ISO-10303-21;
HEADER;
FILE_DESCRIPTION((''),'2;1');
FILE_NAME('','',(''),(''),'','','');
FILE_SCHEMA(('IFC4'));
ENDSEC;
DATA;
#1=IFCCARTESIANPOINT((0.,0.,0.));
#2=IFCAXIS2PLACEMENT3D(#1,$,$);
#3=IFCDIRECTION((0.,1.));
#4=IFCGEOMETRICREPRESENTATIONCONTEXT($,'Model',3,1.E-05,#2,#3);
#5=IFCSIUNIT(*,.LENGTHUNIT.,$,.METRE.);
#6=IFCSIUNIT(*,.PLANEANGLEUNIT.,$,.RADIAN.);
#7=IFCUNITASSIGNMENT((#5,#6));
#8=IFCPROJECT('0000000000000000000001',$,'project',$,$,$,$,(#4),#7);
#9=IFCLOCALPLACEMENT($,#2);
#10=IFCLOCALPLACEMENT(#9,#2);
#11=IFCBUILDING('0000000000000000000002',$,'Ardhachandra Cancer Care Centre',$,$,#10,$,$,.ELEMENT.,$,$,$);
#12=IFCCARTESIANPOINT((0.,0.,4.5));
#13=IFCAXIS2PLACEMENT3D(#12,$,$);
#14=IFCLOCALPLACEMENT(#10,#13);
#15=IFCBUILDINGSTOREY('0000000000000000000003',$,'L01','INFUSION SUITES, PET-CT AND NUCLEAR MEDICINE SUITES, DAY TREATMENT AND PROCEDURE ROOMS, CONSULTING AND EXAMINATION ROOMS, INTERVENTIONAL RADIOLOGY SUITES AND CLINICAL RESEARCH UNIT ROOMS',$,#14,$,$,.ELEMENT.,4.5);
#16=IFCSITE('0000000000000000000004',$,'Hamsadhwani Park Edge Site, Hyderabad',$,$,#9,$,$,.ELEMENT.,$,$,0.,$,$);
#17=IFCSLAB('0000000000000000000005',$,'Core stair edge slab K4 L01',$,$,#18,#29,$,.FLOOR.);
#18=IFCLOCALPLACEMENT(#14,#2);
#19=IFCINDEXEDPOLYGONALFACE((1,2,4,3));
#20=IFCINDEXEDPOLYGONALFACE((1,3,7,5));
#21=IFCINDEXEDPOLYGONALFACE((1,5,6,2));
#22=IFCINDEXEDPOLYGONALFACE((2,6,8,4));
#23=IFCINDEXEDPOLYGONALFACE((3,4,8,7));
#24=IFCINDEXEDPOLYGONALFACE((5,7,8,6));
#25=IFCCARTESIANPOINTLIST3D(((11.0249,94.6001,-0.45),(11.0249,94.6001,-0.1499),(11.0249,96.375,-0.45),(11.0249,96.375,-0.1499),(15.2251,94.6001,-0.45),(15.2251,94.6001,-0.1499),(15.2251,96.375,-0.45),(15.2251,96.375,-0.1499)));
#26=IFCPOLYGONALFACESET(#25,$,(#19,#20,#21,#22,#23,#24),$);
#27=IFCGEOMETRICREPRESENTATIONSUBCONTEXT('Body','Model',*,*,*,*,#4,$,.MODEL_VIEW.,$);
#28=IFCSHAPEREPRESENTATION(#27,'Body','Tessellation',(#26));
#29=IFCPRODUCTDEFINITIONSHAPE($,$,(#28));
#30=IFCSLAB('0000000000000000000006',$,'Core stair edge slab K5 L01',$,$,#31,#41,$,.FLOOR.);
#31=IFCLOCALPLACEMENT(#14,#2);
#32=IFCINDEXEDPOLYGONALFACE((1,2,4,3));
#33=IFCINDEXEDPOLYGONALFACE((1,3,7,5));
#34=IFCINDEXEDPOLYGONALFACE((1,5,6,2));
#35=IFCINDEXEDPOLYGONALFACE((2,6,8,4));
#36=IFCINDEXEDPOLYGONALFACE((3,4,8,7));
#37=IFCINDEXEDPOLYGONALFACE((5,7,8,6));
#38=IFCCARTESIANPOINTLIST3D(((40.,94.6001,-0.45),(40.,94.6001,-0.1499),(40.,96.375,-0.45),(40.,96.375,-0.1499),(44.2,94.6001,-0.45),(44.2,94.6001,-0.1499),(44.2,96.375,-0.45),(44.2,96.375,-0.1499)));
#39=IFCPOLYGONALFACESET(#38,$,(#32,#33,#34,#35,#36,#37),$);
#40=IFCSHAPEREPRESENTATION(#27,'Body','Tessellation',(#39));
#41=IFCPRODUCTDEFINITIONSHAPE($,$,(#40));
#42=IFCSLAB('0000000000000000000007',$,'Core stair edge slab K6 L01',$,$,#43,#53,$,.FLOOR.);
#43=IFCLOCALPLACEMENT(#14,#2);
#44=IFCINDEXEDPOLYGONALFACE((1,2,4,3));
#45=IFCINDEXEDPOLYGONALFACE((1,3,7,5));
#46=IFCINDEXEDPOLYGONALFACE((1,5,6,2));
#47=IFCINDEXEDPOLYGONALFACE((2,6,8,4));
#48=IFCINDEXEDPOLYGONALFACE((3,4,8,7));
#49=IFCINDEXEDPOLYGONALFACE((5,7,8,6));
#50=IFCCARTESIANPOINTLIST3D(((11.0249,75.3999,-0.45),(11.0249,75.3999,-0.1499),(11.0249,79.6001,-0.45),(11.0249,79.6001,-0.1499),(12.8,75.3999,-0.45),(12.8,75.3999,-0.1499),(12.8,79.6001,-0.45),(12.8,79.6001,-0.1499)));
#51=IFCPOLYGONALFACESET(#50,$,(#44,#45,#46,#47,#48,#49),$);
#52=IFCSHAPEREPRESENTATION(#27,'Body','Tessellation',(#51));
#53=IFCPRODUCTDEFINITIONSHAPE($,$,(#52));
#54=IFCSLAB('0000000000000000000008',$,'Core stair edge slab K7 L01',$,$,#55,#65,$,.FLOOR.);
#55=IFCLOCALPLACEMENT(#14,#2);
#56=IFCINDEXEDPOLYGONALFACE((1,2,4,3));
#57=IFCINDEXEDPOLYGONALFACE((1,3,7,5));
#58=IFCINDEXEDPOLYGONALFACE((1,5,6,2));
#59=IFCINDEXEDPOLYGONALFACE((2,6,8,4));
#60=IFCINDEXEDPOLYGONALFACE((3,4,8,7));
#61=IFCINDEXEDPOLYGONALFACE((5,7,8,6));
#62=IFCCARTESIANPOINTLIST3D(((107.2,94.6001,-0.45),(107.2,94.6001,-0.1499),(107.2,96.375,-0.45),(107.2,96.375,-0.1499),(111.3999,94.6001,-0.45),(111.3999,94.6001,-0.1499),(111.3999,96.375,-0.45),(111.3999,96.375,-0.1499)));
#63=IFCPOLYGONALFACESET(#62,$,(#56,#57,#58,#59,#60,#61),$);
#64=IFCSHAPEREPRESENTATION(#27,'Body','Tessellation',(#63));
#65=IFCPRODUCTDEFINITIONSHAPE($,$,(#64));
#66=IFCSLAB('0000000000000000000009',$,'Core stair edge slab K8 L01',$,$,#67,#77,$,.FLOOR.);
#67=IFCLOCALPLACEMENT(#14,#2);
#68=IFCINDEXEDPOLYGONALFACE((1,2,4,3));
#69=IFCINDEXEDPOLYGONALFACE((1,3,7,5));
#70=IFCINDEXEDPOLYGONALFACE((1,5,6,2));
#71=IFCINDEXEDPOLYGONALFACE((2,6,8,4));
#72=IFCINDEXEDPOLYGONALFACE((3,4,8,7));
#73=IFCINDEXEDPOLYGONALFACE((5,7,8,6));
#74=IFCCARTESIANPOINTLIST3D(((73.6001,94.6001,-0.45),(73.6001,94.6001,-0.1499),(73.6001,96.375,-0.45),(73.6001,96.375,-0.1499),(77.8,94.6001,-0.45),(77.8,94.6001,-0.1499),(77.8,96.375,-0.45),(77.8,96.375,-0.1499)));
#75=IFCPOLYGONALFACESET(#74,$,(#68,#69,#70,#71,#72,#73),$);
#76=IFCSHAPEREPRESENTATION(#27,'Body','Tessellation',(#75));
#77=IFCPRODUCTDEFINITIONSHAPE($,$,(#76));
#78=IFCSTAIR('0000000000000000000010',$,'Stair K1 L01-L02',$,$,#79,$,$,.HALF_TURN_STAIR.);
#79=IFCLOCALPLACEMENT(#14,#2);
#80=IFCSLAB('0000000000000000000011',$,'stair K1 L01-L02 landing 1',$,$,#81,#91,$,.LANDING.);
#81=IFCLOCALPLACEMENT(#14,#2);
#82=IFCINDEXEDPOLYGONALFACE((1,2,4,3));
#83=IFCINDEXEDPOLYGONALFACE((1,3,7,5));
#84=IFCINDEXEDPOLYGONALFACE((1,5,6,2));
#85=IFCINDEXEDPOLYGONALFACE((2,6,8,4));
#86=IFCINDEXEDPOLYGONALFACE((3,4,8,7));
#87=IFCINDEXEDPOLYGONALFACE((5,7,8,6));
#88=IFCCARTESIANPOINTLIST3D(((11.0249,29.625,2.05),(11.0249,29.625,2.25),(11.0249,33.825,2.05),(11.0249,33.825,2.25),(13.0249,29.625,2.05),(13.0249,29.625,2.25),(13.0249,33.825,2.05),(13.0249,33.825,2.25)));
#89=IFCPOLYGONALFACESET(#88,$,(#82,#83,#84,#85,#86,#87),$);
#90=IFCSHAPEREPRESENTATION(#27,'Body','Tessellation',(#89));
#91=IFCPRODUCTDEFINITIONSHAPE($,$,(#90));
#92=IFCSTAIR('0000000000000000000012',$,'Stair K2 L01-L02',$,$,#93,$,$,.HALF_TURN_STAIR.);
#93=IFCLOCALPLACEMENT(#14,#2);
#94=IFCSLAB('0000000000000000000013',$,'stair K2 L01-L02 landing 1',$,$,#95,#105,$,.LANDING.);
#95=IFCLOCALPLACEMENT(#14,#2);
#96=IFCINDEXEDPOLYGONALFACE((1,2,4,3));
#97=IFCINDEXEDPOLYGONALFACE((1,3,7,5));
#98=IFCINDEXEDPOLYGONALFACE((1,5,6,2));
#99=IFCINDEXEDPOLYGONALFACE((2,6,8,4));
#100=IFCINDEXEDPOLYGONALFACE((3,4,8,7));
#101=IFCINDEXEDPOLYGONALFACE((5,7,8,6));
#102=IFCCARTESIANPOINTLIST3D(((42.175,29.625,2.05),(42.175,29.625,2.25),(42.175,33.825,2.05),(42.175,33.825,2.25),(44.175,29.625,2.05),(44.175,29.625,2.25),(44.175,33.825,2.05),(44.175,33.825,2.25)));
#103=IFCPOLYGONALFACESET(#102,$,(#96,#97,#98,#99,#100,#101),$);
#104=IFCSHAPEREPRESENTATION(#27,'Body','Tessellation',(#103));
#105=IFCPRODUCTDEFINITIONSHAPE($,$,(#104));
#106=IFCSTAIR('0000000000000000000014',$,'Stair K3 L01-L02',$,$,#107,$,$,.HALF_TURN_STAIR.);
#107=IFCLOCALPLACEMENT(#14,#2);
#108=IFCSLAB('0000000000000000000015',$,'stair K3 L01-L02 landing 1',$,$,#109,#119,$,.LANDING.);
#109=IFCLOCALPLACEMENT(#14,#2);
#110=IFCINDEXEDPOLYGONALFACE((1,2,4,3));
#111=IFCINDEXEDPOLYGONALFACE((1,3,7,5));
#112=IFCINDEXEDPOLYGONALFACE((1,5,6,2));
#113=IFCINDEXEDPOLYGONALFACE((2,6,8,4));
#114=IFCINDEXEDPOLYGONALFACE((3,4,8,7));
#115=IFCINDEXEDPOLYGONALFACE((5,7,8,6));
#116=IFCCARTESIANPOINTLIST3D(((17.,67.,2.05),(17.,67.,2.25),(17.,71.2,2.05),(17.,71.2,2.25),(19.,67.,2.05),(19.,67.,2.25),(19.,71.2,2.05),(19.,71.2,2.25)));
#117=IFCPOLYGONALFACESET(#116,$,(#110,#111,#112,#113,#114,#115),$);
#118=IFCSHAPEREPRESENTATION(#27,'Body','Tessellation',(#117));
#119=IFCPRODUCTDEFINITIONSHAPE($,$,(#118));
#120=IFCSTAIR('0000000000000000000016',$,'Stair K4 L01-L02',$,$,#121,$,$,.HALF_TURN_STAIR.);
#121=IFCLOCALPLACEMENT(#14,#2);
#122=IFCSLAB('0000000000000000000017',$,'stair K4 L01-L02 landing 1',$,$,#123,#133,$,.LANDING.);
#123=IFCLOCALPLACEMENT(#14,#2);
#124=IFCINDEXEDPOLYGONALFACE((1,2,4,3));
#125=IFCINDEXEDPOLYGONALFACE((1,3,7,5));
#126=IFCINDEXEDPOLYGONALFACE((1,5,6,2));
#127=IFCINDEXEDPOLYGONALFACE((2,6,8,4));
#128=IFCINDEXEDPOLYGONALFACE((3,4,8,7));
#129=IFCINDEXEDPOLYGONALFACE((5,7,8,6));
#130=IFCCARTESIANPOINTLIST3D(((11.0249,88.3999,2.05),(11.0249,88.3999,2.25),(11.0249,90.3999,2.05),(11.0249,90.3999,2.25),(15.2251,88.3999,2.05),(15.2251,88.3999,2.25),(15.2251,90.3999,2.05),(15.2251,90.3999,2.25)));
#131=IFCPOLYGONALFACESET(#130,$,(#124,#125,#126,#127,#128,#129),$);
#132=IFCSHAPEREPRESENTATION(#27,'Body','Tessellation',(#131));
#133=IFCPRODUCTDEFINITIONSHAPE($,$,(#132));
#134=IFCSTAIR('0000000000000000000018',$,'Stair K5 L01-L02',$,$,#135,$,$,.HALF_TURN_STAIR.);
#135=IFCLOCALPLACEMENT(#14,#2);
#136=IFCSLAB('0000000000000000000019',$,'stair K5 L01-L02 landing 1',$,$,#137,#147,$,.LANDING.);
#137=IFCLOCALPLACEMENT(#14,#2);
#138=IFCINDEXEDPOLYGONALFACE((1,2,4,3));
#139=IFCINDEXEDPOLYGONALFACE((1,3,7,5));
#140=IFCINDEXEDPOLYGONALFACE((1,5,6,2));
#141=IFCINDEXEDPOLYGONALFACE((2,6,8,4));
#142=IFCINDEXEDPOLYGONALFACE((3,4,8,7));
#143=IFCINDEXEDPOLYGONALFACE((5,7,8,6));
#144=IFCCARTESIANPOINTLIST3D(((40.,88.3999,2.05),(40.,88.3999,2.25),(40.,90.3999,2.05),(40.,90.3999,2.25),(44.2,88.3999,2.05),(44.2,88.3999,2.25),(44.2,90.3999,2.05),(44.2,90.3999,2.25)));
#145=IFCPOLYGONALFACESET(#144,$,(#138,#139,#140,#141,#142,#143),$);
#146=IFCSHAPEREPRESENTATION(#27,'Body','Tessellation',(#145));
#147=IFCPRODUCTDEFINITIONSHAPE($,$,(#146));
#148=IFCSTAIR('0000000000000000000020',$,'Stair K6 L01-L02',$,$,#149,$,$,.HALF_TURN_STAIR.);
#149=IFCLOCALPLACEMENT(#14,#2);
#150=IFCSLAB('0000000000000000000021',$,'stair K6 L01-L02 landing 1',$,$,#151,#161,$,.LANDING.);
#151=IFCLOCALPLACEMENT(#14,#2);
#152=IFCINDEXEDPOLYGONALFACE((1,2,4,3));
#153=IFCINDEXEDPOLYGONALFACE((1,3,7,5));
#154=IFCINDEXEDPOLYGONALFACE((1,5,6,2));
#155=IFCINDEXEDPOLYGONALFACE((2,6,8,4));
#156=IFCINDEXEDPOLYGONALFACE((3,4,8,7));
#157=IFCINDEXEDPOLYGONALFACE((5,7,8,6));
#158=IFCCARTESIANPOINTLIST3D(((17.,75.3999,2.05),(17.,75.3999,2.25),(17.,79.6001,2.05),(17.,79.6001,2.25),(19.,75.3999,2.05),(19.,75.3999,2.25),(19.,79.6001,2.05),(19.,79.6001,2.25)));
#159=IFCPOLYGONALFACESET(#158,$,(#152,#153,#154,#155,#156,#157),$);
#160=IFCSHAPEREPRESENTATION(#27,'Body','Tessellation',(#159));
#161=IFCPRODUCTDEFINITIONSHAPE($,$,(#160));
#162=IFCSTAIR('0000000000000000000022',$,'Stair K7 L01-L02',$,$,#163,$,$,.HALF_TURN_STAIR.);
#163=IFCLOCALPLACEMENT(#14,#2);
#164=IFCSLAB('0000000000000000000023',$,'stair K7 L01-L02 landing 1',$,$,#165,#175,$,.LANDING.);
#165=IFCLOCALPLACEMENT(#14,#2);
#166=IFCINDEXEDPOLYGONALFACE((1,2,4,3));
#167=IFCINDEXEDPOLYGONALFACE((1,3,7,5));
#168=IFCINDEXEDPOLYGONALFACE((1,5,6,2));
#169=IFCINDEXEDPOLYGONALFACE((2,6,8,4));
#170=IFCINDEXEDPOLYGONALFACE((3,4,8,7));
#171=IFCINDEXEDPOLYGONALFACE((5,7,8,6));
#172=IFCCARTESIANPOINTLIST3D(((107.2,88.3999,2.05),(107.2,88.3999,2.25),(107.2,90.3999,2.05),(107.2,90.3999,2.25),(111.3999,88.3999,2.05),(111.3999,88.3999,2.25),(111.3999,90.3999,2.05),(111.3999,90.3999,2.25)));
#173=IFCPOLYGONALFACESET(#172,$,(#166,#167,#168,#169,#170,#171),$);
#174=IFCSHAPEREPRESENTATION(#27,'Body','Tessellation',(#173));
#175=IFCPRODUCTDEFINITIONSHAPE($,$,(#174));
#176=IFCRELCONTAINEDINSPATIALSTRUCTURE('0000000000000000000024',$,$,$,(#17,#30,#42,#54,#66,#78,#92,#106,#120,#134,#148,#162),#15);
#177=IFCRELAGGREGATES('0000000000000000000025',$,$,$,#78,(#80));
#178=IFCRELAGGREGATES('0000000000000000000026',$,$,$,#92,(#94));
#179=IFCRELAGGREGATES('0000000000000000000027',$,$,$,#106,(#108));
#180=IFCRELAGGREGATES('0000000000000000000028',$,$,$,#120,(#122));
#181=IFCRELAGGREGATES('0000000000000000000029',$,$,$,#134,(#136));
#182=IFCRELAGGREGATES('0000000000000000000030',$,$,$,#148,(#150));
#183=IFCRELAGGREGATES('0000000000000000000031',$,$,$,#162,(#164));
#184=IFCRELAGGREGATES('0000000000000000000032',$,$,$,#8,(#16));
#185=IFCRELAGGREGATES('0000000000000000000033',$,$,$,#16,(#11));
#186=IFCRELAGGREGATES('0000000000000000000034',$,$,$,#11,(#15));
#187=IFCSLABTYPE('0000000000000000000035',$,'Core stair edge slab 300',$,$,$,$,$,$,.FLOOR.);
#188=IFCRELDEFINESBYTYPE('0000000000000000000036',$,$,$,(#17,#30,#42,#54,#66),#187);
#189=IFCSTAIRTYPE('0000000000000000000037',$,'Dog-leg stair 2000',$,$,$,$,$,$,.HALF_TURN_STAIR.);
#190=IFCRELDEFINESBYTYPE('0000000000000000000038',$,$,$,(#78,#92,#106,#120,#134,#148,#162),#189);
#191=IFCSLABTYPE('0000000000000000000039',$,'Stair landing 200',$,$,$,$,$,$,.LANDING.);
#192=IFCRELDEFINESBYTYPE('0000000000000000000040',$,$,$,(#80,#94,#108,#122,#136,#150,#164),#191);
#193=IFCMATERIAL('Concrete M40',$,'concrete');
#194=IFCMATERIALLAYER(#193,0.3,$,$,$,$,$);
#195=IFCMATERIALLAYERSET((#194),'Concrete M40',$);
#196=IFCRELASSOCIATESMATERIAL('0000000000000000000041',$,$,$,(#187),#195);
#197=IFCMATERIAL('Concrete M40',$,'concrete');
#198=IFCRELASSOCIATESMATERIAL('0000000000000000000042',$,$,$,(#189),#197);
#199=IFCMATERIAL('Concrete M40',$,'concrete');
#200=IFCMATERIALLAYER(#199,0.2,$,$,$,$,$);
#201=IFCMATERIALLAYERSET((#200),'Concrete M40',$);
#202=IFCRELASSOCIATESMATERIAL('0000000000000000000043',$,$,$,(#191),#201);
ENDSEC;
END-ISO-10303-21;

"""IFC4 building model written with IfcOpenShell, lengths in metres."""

from ifc_helpers import new_model, si_unit, direction, frame, origin, place, context, subcontext, project, spatial, polyline, outline, extrude, material, layer, layer_set, type_object, element, aggregate, save


model = new_model("IFC4")

# Units and contexts
model_context = context("Model", 3, precision=1e-05, world=origin(), true_north=direction((0.0, 1.0)))
body_context = subcontext(model_context, "Body", "Model", "MODEL_VIEW")
ifc_project = project(units=[si_unit("LENGTHUNIT", "METRE"), si_unit("PLANEANGLEUNIT", "RADIAN")], contexts=[model_context])

# Site, building, storey
site_placement = place(None, origin())
site = spatial("IfcSite", under=ifc_project, at=site_placement, Name="Hamsadhwani Park Edge Site, Hyderabad", CompositionType="ELEMENT", RefElevation=0.0)
building_placement = place(site_placement, origin())
building = spatial("IfcBuilding", under=site, at=building_placement, Name="Ardhachandra Cancer Care Centre", CompositionType="ELEMENT")
storey_placement = place(building_placement, frame((0.0, 0.0, 4.5)))
storey = spatial("IfcBuildingStorey", under=building, at=storey_placement, Name="L01", Description="INFUSION SUITES, PET-CT AND NUCLEAR MEDICINE SUITES, DAY TREATMENT AND PROCEDURE ROOMS, CONSULTING AND EXAMINATION ROOMS, INTERVENTIONAL RADIOLOGY SUITES AND CLINICAL RESEARCH UNIT ROOMS", CompositionType="ELEMENT", Elevation=4.5)

# Slabs
ifc_material_1 = material(Name="Concrete M40", Category="concrete")
ifc_layer_1 = layer(ifc_material_1, 0.3)
ifc_layer_set_1 = layer_set([ifc_layer_1], Name="Concrete M40")
slab_type_1 = type_object("IfcSlabType", Name="Core stair edge slab 300", PredefinedType="FLOOR", material=ifc_layer_set_1)
slab_1_placement = place(storey_placement, frame((0.0, 0.0, -0.45)))
element("IfcSlab", 1, at=slab_1_placement, inside=storey, type_object=slab_type_1, Name="Core stair edge slab K4 L01", PredefinedType="FLOOR", context=body_context, shape_type="SweptSolid", body=[
    extrude(outline(polyline([(11.0249, 94.6001), (15.2251, 94.6001), (15.2251, 96.375), (11.0249, 96.375), (11.0249, 94.6001)])), origin(), (0.0, 0.0, 1.0), 0.3),
])
slab_2_placement = place(storey_placement, frame((0.0, 0.0, -0.45)))
element("IfcSlab", 2, at=slab_2_placement, inside=storey, type_object=slab_type_1, Name="Core stair edge slab K5 L01", PredefinedType="FLOOR", context=body_context, shape_type="SweptSolid", body=[
    extrude(outline(polyline([(44.2, 94.6001), (40.0, 94.6001), (40.0, 96.375), (44.2, 96.375), (44.2, 94.6001)])), origin(), (0.0, 0.0, 1.0), 0.3),
])
slab_3_placement = place(storey_placement, frame((0.0, 0.0, -0.45)))
element("IfcSlab", 3, at=slab_3_placement, inside=storey, type_object=slab_type_1, Name="Core stair edge slab K6 L01", PredefinedType="FLOOR", context=body_context, shape_type="SweptSolid", body=[
    extrude(outline(polyline([(12.8, 79.6001), (12.8, 75.3999), (11.0249, 75.3999), (11.0249, 79.6001), (12.8, 79.6001)])), origin(), (0.0, 0.0, 1.0), 0.3),
])
slab_4_placement = place(storey_placement, frame((0.0, 0.0, -0.45)))
element("IfcSlab", 4, at=slab_4_placement, inside=storey, type_object=slab_type_1, Name="Core stair edge slab K7 L01", PredefinedType="FLOOR", context=body_context, shape_type="SweptSolid", body=[
    extrude(outline(polyline([(111.3999, 94.6001), (107.2, 94.6001), (107.2, 96.375), (111.3999, 96.375), (111.3999, 94.6001)])), origin(), (0.0, 0.0, 1.0), 0.3),
])
slab_5_placement = place(storey_placement, frame((0.0, 0.0, -0.45)))
element("IfcSlab", 5, at=slab_5_placement, inside=storey, type_object=slab_type_1, Name="Core stair edge slab K8 L01", PredefinedType="FLOOR", context=body_context, shape_type="SweptSolid", body=[
    extrude(outline(polyline([(77.8, 94.6001), (73.6001, 94.6001), (73.6001, 96.375), (77.8, 96.375), (77.8, 94.6001)])), origin(), (0.0, 0.0, 1.0), 0.3),
])

# Stairs, slabs
ifc_material_2 = material(Name="Concrete M40", Category="concrete")
stair_type = type_object("IfcStairType", Name="Dog-leg stair 2000", PredefinedType="HALF_TURN_STAIR", material=ifc_material_2)
stair_1_placement = place(storey_placement, origin())
stair_1 = element("IfcStair", 6, at=stair_1_placement, inside=storey, type_object=stair_type, Name="Stair K1 L01-L02", PredefinedType="HALF_TURN_STAIR")
ifc_material_3 = material(Name="Concrete M40", Category="concrete")
ifc_layer_2 = layer(ifc_material_3, 0.2)
ifc_layer_set_2 = layer_set([ifc_layer_2], Name="Concrete M40")
slab_type_2 = type_object("IfcSlabType", Name="Stair landing 200", PredefinedType="LANDING", material=ifc_layer_set_2)
slab_6_placement = place(storey_placement, frame((0.0, 0.0, 2.05)))
slab_6 = element("IfcSlab", 7, at=slab_6_placement, type_object=slab_type_2, Name="stair K1 L01-L02 landing 1", PredefinedType="LANDING", context=body_context, shape_type="SweptSolid", body=[
    extrude(outline(polyline([(11.0249, 29.625), (13.0249, 29.625), (13.0249, 33.825), (11.0249, 33.825), (11.0249, 29.625)])), origin(), (0.0, 0.0, 1.0), 0.2),
])
aggregate(stair_1, [slab_6])
stair_2_placement = place(storey_placement, origin())
stair_2 = element("IfcStair", 8, at=stair_2_placement, inside=storey, type_object=stair_type, Name="Stair K2 L01-L02", PredefinedType="HALF_TURN_STAIR")
slab_7_placement = place(storey_placement, frame((0.0, 0.0, 2.05)))
slab_7 = element("IfcSlab", 9, at=slab_7_placement, type_object=slab_type_2, Name="stair K2 L01-L02 landing 1", PredefinedType="LANDING", context=body_context, shape_type="SweptSolid", body=[
    extrude(outline(polyline([(42.175, 29.625), (44.175, 29.625), (44.175, 33.825), (42.175, 33.825), (42.175, 29.625)])), origin(), (0.0, 0.0, 1.0), 0.2),
])
aggregate(stair_2, [slab_7])
stair_3_placement = place(storey_placement, origin())
stair_3 = element("IfcStair", 10, at=stair_3_placement, inside=storey, type_object=stair_type, Name="Stair K3 L01-L02", PredefinedType="HALF_TURN_STAIR")
slab_8_placement = place(storey_placement, frame((0.0, 0.0, 2.05)))
slab_8 = element("IfcSlab", 11, at=slab_8_placement, type_object=slab_type_2, Name="stair K3 L01-L02 landing 1", PredefinedType="LANDING", context=body_context, shape_type="SweptSolid", body=[
    extrude(outline(polyline([(17.0, 67.0), (19.0, 67.0), (19.0, 71.2), (17.0, 71.2), (17.0, 67.0)])), origin(), (0.0, 0.0, 1.0), 0.2),
])
aggregate(stair_3, [slab_8])
stair_4_placement = place(storey_placement, origin())
stair_4 = element("IfcStair", 12, at=stair_4_placement, inside=storey, type_object=stair_type, Name="Stair K4 L01-L02", PredefinedType="HALF_TURN_STAIR")
slab_9_placement = place(storey_placement, frame((0.0, 0.0, 2.05)))
slab_9 = element("IfcSlab", 13, at=slab_9_placement, type_object=slab_type_2, Name="stair K4 L01-L02 landing 1", PredefinedType="LANDING", context=body_context, shape_type="SweptSolid", body=[
    extrude(outline(polyline([(11.0249, 88.3999), (15.2251, 88.3999), (15.2251, 90.3999), (11.0249, 90.3999), (11.0249, 88.3999)])), origin(), (0.0, 0.0, 1.0), 0.2),
])
aggregate(stair_4, [slab_9])
stair_5_placement = place(storey_placement, origin())
stair_5 = element("IfcStair", 14, at=stair_5_placement, inside=storey, type_object=stair_type, Name="Stair K5 L01-L02", PredefinedType="HALF_TURN_STAIR")
slab_10_placement = place(storey_placement, frame((0.0, 0.0, 2.05)))
slab_10 = element("IfcSlab", 15, at=slab_10_placement, type_object=slab_type_2, Name="stair K5 L01-L02 landing 1", PredefinedType="LANDING", context=body_context, shape_type="SweptSolid", body=[
    extrude(outline(polyline([(40.0, 88.3999), (44.2, 88.3999), (44.2, 90.3999), (40.0, 90.3999), (40.0, 88.3999)])), origin(), (0.0, 0.0, 1.0), 0.2),
])
aggregate(stair_5, [slab_10])
stair_6_placement = place(storey_placement, origin())
stair_6 = element("IfcStair", 16, at=stair_6_placement, inside=storey, type_object=stair_type, Name="Stair K6 L01-L02", PredefinedType="HALF_TURN_STAIR")
slab_11_placement = place(storey_placement, frame((0.0, 0.0, 2.05)))
slab_11 = element("IfcSlab", 17, at=slab_11_placement, type_object=slab_type_2, Name="stair K6 L01-L02 landing 1", PredefinedType="LANDING", context=body_context, shape_type="SweptSolid", body=[
    extrude(outline(polyline([(17.0, 75.3999), (19.0, 75.3999), (19.0, 79.6001), (17.0, 79.6001), (17.0, 75.3999)])), origin(), (0.0, 0.0, 1.0), 0.2),
])
aggregate(stair_6, [slab_11])
stair_7_placement = place(storey_placement, origin())
stair_7 = element("IfcStair", 18, at=stair_7_placement, inside=storey, type_object=stair_type, Name="Stair K7 L01-L02", PredefinedType="HALF_TURN_STAIR")
slab_12_placement = place(storey_placement, frame((0.0, 0.0, 2.05)))
slab_12 = element("IfcSlab", 19, at=slab_12_placement, type_object=slab_type_2, Name="stair K7 L01-L02 landing 1", PredefinedType="LANDING", context=body_context, shape_type="SweptSolid", body=[
    extrude(outline(polyline([(107.2, 88.3999), (111.3999, 88.3999), (111.3999, 90.3999), (107.2, 90.3999), (107.2, 88.3999)])), origin(), (0.0, 0.0, 1.0), 0.2),
])
aggregate(stair_7, [slab_12])

save(model, "model.ifc")
